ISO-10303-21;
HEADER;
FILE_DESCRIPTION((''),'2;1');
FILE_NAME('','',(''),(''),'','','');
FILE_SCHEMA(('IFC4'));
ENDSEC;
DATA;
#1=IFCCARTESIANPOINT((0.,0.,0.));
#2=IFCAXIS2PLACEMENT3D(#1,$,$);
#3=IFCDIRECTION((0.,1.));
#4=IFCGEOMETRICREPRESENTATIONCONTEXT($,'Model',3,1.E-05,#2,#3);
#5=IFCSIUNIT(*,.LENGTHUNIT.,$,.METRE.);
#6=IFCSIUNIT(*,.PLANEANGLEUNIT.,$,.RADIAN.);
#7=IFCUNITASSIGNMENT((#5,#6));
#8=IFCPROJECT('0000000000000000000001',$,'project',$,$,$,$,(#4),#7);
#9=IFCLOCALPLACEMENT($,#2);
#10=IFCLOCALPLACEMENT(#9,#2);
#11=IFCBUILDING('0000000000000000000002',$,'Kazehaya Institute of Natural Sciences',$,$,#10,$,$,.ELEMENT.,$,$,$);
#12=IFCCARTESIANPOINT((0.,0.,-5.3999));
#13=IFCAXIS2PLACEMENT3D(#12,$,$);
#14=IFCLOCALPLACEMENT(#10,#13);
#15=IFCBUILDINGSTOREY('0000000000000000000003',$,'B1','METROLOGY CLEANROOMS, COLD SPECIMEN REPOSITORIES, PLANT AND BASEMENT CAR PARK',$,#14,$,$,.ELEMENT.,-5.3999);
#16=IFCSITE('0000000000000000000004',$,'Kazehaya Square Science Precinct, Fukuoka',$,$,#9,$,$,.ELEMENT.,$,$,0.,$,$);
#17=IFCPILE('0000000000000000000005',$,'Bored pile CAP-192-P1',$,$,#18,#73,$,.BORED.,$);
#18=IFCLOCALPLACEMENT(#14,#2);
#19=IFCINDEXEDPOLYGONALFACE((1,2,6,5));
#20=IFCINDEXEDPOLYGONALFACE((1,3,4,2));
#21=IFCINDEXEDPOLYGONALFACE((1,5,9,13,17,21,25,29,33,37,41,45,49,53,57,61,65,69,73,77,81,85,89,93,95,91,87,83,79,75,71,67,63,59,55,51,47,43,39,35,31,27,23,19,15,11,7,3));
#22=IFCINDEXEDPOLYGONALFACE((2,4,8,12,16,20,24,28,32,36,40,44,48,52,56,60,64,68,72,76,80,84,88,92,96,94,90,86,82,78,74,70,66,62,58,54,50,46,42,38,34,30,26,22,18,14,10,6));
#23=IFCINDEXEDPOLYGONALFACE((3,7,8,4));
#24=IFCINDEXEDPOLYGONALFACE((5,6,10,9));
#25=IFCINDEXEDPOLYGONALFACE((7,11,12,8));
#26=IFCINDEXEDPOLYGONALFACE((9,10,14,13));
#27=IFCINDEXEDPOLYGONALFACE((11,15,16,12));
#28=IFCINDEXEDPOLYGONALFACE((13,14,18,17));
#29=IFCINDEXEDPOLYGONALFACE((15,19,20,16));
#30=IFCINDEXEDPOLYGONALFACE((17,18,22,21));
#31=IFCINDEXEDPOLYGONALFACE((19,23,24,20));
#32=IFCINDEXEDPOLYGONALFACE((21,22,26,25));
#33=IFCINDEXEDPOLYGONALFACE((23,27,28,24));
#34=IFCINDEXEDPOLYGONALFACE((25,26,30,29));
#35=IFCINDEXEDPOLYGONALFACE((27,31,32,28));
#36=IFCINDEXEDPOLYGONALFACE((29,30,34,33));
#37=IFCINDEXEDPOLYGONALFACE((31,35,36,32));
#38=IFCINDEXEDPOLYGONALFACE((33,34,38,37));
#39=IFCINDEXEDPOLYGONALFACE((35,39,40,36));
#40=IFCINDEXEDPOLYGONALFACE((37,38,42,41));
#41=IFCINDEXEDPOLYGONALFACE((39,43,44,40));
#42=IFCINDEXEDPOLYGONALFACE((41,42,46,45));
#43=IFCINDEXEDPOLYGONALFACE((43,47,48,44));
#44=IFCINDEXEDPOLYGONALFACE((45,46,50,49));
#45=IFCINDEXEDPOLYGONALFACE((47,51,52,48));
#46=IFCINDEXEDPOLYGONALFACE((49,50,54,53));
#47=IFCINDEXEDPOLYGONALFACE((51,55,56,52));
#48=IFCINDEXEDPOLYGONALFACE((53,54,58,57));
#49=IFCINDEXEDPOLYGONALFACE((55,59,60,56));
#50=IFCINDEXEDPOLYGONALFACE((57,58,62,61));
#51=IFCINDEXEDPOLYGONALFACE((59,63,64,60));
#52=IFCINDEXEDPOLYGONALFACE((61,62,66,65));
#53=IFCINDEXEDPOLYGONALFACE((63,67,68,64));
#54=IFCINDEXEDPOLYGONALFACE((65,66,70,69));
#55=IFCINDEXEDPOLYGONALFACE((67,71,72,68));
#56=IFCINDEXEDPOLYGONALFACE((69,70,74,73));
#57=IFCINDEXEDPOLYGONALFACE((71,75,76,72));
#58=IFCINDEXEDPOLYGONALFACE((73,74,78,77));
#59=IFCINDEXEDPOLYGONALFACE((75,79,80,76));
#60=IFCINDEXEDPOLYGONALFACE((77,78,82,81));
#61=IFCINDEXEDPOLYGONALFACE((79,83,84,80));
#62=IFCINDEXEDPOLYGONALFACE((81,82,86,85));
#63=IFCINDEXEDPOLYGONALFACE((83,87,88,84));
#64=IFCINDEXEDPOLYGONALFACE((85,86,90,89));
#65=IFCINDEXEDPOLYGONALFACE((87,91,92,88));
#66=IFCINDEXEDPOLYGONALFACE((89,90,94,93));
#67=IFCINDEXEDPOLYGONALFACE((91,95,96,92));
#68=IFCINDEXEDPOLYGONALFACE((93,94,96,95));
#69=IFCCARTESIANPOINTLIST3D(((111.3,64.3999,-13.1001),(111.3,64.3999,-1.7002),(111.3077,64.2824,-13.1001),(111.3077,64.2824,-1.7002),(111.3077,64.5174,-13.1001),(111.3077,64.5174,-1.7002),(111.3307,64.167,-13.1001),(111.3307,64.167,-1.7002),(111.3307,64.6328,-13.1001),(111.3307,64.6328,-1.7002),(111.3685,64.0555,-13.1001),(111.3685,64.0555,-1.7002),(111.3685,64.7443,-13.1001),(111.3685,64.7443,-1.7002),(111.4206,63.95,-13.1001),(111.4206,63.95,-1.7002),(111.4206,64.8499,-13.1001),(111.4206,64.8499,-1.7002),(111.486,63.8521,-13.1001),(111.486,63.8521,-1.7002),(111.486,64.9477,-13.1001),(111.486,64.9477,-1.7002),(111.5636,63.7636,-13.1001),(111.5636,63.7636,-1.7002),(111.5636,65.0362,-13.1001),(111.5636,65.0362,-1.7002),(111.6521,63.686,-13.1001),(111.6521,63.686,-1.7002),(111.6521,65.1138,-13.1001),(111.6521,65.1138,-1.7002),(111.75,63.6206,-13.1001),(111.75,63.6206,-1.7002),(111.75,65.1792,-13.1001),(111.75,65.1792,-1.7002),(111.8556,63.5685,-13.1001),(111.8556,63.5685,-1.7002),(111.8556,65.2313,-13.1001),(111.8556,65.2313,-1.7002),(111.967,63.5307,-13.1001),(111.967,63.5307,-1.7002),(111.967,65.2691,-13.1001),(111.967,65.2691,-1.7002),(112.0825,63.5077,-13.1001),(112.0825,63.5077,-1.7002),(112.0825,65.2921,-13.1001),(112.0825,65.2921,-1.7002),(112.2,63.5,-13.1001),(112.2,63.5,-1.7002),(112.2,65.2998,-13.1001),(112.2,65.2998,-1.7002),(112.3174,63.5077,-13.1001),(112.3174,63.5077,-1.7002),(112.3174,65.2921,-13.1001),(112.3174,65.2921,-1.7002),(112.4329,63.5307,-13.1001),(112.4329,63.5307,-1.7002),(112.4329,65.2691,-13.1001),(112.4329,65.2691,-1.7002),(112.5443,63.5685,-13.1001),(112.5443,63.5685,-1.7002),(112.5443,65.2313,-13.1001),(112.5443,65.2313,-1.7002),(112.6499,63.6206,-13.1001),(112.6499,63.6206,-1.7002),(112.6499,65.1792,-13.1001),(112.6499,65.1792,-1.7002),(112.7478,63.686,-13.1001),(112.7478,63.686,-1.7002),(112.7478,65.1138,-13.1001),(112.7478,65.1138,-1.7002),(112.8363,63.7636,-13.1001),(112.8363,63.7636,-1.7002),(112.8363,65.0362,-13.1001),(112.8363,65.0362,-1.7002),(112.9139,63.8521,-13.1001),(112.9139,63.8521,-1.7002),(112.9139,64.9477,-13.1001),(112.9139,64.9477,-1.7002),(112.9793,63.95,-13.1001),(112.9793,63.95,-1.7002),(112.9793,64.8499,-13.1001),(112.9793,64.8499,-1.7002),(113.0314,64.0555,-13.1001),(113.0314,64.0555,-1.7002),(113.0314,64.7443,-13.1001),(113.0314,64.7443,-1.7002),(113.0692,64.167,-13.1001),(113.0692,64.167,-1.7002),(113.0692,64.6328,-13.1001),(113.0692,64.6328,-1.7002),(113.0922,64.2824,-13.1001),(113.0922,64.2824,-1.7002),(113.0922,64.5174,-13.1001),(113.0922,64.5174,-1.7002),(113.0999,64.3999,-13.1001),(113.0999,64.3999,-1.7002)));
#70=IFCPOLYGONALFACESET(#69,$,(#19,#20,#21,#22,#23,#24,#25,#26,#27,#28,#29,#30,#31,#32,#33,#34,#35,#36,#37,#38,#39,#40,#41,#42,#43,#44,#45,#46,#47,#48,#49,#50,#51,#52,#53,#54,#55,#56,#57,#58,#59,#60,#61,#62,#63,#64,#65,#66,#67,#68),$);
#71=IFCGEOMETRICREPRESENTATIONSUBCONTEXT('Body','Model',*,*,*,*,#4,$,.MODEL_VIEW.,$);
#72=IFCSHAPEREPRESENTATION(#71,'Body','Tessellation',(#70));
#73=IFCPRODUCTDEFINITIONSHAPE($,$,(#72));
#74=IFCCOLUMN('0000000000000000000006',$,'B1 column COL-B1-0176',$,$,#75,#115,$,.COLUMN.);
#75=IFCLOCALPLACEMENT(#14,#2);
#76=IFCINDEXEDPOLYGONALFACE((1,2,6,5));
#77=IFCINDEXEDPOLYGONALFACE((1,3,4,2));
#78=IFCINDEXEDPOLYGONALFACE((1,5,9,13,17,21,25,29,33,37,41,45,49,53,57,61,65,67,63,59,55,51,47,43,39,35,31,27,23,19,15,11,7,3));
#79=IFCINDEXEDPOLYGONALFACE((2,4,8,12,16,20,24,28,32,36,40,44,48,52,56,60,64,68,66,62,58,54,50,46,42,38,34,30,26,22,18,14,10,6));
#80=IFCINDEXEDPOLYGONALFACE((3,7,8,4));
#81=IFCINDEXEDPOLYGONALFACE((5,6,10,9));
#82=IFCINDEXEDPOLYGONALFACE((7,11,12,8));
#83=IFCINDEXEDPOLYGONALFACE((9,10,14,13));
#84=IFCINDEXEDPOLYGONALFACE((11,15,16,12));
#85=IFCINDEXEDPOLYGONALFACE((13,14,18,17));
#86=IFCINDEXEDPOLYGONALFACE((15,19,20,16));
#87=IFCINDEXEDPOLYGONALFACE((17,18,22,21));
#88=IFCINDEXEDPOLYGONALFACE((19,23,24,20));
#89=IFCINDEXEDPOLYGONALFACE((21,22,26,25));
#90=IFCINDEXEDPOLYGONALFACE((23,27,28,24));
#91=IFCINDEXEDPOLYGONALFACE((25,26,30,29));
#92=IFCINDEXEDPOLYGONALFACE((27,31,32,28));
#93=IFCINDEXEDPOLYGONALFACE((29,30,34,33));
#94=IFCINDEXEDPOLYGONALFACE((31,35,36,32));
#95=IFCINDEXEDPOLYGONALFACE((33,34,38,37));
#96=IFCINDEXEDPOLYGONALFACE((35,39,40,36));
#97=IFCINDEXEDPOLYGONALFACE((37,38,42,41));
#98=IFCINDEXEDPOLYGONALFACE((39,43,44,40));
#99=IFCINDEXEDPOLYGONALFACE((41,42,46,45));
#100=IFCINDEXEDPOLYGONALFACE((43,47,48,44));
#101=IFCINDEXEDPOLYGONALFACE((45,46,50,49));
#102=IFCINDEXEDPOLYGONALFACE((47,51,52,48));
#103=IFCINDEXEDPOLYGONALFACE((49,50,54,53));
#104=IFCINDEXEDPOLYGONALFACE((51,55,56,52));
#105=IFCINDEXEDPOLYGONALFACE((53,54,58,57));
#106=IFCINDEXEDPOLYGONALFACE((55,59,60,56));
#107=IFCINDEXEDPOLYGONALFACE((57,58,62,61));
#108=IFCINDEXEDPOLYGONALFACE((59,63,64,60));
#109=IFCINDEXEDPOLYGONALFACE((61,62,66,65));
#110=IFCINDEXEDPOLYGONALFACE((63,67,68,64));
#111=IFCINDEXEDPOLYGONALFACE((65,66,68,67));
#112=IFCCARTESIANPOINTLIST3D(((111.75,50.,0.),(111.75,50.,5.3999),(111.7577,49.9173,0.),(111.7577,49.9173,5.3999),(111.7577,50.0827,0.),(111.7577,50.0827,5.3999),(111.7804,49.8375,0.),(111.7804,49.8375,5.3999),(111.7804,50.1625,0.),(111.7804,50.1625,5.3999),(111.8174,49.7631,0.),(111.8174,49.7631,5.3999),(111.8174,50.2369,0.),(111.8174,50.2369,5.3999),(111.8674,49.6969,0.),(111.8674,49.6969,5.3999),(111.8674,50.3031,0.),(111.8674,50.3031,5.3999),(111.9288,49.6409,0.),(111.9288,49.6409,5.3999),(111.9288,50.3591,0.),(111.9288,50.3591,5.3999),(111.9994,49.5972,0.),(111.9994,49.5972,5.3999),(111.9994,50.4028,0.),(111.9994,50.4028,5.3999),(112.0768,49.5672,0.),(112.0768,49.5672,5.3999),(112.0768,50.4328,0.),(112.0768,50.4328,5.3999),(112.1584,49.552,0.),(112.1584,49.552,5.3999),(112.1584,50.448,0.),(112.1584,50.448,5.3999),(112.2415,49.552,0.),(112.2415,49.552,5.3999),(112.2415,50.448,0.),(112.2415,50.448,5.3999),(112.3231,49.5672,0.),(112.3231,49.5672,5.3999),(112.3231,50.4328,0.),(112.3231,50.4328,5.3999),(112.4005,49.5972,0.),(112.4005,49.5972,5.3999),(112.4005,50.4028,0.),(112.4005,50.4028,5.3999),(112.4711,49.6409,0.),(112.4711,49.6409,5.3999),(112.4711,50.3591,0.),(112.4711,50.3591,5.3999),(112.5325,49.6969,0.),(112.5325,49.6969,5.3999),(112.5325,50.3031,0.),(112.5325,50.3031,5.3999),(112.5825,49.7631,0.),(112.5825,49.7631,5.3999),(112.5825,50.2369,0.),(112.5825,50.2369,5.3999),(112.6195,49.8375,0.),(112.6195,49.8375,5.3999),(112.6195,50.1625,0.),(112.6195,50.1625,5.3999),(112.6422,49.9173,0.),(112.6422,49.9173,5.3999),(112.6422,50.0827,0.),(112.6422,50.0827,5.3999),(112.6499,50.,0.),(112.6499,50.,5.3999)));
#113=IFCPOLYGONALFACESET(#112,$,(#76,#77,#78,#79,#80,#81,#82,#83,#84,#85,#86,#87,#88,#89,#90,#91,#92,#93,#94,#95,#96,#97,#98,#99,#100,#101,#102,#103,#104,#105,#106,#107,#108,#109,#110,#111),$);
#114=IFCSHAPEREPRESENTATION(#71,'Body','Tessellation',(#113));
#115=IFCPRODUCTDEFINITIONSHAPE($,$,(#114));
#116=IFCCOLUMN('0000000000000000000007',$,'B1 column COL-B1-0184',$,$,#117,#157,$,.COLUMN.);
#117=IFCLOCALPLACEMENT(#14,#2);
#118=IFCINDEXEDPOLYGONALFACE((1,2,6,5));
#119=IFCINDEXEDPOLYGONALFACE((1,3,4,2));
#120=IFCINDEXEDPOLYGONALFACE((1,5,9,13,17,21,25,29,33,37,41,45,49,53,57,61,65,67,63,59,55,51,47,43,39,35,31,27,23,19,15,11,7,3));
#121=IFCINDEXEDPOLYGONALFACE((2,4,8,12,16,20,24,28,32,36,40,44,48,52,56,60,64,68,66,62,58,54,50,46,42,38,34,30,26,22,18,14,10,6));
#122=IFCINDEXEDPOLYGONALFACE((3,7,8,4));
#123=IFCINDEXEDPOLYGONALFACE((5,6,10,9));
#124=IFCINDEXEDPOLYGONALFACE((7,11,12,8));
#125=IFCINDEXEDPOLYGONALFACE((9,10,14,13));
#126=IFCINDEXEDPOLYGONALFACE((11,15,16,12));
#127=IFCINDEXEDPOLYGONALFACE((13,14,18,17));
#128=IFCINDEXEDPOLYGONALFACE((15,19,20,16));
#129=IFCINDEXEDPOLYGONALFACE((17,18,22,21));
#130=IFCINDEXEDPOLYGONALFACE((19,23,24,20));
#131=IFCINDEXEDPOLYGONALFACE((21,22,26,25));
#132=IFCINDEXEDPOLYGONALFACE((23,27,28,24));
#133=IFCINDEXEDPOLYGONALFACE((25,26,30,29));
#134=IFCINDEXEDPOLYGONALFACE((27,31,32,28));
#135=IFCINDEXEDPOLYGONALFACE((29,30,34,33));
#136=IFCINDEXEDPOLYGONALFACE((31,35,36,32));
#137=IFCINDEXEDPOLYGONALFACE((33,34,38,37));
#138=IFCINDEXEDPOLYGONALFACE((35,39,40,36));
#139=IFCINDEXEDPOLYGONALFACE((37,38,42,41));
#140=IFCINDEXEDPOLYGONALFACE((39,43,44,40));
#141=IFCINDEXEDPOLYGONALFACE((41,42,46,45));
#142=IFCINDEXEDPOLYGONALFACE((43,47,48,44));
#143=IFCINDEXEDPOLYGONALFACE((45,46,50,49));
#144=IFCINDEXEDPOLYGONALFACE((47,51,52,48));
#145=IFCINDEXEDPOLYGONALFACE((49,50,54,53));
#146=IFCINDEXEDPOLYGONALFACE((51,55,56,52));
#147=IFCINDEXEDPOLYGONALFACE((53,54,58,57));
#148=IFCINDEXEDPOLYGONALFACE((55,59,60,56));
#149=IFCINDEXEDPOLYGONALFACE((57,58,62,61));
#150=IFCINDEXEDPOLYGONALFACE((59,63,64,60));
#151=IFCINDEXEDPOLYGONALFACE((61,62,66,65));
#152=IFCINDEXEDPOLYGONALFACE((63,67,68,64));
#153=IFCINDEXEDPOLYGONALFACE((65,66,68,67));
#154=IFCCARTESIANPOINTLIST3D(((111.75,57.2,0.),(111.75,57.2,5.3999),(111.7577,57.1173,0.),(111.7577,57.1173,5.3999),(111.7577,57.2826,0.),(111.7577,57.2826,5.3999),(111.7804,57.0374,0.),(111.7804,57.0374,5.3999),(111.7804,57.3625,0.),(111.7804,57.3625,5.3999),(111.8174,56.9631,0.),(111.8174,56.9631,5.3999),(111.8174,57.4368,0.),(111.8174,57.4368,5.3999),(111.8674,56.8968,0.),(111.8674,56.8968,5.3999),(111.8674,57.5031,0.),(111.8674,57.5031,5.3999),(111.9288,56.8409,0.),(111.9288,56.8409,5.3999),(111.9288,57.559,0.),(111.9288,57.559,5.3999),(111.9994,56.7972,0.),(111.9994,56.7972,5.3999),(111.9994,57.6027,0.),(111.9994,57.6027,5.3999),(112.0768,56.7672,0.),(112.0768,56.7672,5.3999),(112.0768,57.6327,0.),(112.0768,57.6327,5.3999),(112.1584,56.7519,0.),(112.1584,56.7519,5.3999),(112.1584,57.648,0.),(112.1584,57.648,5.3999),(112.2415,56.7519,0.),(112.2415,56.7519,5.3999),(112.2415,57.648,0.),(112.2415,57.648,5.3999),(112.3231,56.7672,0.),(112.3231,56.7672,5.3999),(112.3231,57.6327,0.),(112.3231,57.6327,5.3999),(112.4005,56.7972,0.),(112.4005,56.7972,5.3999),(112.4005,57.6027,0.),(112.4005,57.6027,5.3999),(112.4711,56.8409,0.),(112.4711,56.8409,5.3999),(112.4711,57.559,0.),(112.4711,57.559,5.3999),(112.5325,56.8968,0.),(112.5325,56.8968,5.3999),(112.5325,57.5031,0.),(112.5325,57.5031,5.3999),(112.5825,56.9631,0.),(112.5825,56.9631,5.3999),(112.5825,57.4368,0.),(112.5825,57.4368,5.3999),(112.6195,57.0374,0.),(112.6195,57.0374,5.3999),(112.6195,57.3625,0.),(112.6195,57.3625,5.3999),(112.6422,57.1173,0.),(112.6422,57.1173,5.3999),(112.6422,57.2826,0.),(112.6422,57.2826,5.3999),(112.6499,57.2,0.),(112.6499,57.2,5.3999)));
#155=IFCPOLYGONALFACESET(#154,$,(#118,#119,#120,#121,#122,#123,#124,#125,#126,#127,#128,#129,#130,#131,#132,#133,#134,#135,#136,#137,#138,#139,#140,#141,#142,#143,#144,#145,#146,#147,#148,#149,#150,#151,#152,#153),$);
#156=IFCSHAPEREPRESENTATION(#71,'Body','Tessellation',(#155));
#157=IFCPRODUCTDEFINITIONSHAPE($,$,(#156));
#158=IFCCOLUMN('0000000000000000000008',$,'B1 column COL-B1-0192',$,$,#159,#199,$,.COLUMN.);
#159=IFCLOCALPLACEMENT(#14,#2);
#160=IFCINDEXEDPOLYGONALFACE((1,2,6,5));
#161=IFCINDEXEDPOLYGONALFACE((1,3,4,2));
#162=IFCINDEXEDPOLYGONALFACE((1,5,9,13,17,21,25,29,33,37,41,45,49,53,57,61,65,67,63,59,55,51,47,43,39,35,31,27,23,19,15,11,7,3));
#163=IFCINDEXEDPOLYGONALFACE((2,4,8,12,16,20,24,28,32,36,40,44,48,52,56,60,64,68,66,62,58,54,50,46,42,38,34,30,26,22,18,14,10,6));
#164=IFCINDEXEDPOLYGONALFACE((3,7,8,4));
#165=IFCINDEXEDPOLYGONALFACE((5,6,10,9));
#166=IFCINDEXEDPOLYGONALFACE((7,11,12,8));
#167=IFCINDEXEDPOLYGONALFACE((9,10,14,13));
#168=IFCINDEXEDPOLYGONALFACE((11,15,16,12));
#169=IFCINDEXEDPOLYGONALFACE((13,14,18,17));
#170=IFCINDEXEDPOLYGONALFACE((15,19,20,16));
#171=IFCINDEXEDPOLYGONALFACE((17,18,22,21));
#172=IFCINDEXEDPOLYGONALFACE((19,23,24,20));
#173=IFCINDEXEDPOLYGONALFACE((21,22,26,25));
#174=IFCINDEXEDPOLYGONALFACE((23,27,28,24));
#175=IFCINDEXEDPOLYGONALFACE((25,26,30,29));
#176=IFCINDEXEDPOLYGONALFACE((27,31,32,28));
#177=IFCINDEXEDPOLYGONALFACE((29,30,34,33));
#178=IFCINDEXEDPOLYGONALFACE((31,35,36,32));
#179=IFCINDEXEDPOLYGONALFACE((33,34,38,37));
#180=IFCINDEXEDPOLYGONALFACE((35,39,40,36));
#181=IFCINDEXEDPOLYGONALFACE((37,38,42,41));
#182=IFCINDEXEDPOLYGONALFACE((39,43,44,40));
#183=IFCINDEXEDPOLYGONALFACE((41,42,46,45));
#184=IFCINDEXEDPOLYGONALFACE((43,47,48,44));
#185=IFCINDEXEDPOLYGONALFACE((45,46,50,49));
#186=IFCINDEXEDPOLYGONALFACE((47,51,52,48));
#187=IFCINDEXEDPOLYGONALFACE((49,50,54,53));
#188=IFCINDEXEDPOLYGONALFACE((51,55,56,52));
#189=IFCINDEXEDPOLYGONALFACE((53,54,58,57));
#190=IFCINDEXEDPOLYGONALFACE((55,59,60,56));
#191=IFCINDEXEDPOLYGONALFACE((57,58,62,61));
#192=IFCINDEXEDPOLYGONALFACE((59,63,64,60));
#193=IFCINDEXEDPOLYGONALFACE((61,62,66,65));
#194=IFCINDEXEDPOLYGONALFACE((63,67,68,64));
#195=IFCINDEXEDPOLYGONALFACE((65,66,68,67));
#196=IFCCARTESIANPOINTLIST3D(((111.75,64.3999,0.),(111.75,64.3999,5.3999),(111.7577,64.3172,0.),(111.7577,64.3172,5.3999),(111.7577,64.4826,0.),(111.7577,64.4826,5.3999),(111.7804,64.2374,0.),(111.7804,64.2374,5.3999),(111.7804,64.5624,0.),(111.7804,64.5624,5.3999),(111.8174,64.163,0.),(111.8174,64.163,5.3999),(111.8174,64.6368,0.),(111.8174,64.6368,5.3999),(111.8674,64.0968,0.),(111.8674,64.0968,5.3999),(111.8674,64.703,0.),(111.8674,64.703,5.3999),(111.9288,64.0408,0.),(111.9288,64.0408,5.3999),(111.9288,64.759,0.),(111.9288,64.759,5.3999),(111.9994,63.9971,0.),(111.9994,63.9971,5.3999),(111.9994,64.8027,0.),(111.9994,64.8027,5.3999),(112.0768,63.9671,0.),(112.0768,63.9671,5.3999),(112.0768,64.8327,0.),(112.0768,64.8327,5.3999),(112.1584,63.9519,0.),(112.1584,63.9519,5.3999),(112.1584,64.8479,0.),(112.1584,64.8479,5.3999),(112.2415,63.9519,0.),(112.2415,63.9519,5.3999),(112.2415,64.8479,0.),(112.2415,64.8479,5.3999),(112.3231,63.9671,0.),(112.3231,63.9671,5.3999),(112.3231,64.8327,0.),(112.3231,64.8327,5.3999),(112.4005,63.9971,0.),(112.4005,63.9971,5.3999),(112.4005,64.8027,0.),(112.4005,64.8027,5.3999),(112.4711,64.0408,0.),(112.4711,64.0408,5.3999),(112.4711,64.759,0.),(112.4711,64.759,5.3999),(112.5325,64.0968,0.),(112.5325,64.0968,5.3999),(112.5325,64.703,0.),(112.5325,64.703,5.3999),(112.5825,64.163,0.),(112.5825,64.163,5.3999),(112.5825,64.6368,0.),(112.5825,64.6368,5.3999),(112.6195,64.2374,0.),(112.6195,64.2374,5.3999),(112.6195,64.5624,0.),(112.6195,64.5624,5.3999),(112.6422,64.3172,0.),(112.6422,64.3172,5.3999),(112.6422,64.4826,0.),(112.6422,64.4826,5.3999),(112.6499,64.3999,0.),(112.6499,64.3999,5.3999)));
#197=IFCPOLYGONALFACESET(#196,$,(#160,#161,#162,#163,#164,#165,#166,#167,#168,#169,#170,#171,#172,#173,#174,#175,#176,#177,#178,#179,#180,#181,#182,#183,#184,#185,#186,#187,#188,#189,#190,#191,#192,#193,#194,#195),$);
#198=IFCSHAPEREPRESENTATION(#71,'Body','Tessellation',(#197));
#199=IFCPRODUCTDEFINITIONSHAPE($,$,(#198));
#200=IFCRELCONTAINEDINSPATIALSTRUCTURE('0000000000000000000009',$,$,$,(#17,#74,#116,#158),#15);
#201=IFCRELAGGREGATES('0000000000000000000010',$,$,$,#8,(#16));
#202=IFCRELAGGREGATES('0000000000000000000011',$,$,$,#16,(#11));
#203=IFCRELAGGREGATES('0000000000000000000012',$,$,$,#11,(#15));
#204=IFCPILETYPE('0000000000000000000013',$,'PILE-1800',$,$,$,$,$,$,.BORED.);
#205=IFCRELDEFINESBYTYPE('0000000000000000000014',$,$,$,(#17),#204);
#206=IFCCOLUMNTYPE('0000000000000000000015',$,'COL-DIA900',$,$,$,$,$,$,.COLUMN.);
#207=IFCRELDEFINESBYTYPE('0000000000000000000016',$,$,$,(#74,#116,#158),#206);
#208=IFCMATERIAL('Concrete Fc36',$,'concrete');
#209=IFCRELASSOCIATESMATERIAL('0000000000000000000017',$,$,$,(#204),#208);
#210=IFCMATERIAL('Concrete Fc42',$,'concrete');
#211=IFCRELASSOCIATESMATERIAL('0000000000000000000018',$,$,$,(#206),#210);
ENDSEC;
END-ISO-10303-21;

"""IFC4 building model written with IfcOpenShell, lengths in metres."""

from ifc_helpers import new_model, si_unit, direction, frame, origin, origin_2d, place, context, subcontext, project, spatial, circle, extrude, material, material_profile, profile_set, type_object, element, save


model = new_model("IFC4")

# Units and contexts
model_context = context("Model", 3, precision=1e-05, world=origin(), true_north=direction((0.0, 1.0)))
body_context = subcontext(model_context, "Body", "Model", "MODEL_VIEW")
ifc_project = project(units=[si_unit("LENGTHUNIT", "METRE"), si_unit("PLANEANGLEUNIT", "RADIAN")], contexts=[model_context])

# Site, building, storey
site_placement = place(None, origin())
site = spatial("IfcSite", under=ifc_project, at=site_placement, Name="Kazehaya Square Science Precinct, Fukuoka", CompositionType="ELEMENT", RefElevation=0.0)
building_placement = place(site_placement, origin())
building = spatial("IfcBuilding", under=site, at=building_placement, Name="Kazehaya Institute of Natural Sciences", CompositionType="ELEMENT")
storey_placement = place(building_placement, frame((0.0, 0.0, -5.3999)))
storey = spatial("IfcBuildingStorey", under=building, at=storey_placement, Name="B1", Description="METROLOGY CLEANROOMS, COLD SPECIMEN REPOSITORIES, PLANT AND BASEMENT CAR PARK", CompositionType="ELEMENT", Elevation=-5.3999)

# Shared definitions
ifc_material_1 = material(Name="Concrete Fc36", Category="concrete")

# Pile
ifc_material_profile_1 = material_profile(ifc_material_1, circle(Radius=0.8999, at=origin_2d()), Name="PILE-1800")
ifc_profile_set_1 = profile_set([ifc_material_profile_1], Name="Concrete Fc36")
pile_type_1 = type_object("IfcPileType", Name="PILE-1800", PredefinedType="BORED", material=ifc_profile_set_1)
pile_1_placement = place(storey_placement, frame((112.2, 64.3999, -1.7002), z_axis=(0.0, 0.0, -1.0), x_axis=(1.0, 0.0, 0.0)))
element("IfcPile", 1, at=pile_1_placement, inside=storey, type_object=pile_type_1, Name="Bored pile CAP-192-P1", PredefinedType="BORED", context=body_context, shape_type="SweptSolid", body=[
    extrude(circle(Radius=0.8999, at=origin_2d()), origin(), (0.0, 0.0, 1.0), 11.3999),
])

# Columns
ifc_material_2 = material(Name="Concrete Fc42", Category="concrete")
ifc_material_profile_2 = material_profile(ifc_material_2, circle(Radius=0.45, at=origin_2d()), Name="RC-DIA900")
ifc_profile_set_2 = profile_set([ifc_material_profile_2], Name="Concrete Fc42")
column_type_1 = type_object("IfcColumnType", Name="COL-DIA900", PredefinedType="COLUMN", material=ifc_profile_set_2)
for number, where, z_axis, x_axis, name in (
    (2, (112.2, 50.0, 0.0), (0.0, 0.0, 1.0), (1.0, 0.0, 0.0), "B1 column COL-B1-0176"),
    (3, (112.2, 57.2, 0.0), (0.0, 0.0, 1.0), (1.0, 0.0, 0.0), "B1 column COL-B1-0184"),
    (4, (112.2, 64.3999, 0.0), (0.0, 0.0, 1.0), (1.0, 0.0, 0.0), "B1 column COL-B1-0192"),
):
    element("IfcColumn", number, at=place(storey_placement, frame(where, z_axis=z_axis, x_axis=x_axis)), inside=storey, type_object=column_type_1, Name=name, PredefinedType="COLUMN", context=body_context, shape_type="SweptSolid", body=[
        extrude(circle(Radius=0.45, at=origin_2d()), origin(), (0.0, 0.0, 1.0), 5.3999),
    ])

save(model, "model.ifc")
